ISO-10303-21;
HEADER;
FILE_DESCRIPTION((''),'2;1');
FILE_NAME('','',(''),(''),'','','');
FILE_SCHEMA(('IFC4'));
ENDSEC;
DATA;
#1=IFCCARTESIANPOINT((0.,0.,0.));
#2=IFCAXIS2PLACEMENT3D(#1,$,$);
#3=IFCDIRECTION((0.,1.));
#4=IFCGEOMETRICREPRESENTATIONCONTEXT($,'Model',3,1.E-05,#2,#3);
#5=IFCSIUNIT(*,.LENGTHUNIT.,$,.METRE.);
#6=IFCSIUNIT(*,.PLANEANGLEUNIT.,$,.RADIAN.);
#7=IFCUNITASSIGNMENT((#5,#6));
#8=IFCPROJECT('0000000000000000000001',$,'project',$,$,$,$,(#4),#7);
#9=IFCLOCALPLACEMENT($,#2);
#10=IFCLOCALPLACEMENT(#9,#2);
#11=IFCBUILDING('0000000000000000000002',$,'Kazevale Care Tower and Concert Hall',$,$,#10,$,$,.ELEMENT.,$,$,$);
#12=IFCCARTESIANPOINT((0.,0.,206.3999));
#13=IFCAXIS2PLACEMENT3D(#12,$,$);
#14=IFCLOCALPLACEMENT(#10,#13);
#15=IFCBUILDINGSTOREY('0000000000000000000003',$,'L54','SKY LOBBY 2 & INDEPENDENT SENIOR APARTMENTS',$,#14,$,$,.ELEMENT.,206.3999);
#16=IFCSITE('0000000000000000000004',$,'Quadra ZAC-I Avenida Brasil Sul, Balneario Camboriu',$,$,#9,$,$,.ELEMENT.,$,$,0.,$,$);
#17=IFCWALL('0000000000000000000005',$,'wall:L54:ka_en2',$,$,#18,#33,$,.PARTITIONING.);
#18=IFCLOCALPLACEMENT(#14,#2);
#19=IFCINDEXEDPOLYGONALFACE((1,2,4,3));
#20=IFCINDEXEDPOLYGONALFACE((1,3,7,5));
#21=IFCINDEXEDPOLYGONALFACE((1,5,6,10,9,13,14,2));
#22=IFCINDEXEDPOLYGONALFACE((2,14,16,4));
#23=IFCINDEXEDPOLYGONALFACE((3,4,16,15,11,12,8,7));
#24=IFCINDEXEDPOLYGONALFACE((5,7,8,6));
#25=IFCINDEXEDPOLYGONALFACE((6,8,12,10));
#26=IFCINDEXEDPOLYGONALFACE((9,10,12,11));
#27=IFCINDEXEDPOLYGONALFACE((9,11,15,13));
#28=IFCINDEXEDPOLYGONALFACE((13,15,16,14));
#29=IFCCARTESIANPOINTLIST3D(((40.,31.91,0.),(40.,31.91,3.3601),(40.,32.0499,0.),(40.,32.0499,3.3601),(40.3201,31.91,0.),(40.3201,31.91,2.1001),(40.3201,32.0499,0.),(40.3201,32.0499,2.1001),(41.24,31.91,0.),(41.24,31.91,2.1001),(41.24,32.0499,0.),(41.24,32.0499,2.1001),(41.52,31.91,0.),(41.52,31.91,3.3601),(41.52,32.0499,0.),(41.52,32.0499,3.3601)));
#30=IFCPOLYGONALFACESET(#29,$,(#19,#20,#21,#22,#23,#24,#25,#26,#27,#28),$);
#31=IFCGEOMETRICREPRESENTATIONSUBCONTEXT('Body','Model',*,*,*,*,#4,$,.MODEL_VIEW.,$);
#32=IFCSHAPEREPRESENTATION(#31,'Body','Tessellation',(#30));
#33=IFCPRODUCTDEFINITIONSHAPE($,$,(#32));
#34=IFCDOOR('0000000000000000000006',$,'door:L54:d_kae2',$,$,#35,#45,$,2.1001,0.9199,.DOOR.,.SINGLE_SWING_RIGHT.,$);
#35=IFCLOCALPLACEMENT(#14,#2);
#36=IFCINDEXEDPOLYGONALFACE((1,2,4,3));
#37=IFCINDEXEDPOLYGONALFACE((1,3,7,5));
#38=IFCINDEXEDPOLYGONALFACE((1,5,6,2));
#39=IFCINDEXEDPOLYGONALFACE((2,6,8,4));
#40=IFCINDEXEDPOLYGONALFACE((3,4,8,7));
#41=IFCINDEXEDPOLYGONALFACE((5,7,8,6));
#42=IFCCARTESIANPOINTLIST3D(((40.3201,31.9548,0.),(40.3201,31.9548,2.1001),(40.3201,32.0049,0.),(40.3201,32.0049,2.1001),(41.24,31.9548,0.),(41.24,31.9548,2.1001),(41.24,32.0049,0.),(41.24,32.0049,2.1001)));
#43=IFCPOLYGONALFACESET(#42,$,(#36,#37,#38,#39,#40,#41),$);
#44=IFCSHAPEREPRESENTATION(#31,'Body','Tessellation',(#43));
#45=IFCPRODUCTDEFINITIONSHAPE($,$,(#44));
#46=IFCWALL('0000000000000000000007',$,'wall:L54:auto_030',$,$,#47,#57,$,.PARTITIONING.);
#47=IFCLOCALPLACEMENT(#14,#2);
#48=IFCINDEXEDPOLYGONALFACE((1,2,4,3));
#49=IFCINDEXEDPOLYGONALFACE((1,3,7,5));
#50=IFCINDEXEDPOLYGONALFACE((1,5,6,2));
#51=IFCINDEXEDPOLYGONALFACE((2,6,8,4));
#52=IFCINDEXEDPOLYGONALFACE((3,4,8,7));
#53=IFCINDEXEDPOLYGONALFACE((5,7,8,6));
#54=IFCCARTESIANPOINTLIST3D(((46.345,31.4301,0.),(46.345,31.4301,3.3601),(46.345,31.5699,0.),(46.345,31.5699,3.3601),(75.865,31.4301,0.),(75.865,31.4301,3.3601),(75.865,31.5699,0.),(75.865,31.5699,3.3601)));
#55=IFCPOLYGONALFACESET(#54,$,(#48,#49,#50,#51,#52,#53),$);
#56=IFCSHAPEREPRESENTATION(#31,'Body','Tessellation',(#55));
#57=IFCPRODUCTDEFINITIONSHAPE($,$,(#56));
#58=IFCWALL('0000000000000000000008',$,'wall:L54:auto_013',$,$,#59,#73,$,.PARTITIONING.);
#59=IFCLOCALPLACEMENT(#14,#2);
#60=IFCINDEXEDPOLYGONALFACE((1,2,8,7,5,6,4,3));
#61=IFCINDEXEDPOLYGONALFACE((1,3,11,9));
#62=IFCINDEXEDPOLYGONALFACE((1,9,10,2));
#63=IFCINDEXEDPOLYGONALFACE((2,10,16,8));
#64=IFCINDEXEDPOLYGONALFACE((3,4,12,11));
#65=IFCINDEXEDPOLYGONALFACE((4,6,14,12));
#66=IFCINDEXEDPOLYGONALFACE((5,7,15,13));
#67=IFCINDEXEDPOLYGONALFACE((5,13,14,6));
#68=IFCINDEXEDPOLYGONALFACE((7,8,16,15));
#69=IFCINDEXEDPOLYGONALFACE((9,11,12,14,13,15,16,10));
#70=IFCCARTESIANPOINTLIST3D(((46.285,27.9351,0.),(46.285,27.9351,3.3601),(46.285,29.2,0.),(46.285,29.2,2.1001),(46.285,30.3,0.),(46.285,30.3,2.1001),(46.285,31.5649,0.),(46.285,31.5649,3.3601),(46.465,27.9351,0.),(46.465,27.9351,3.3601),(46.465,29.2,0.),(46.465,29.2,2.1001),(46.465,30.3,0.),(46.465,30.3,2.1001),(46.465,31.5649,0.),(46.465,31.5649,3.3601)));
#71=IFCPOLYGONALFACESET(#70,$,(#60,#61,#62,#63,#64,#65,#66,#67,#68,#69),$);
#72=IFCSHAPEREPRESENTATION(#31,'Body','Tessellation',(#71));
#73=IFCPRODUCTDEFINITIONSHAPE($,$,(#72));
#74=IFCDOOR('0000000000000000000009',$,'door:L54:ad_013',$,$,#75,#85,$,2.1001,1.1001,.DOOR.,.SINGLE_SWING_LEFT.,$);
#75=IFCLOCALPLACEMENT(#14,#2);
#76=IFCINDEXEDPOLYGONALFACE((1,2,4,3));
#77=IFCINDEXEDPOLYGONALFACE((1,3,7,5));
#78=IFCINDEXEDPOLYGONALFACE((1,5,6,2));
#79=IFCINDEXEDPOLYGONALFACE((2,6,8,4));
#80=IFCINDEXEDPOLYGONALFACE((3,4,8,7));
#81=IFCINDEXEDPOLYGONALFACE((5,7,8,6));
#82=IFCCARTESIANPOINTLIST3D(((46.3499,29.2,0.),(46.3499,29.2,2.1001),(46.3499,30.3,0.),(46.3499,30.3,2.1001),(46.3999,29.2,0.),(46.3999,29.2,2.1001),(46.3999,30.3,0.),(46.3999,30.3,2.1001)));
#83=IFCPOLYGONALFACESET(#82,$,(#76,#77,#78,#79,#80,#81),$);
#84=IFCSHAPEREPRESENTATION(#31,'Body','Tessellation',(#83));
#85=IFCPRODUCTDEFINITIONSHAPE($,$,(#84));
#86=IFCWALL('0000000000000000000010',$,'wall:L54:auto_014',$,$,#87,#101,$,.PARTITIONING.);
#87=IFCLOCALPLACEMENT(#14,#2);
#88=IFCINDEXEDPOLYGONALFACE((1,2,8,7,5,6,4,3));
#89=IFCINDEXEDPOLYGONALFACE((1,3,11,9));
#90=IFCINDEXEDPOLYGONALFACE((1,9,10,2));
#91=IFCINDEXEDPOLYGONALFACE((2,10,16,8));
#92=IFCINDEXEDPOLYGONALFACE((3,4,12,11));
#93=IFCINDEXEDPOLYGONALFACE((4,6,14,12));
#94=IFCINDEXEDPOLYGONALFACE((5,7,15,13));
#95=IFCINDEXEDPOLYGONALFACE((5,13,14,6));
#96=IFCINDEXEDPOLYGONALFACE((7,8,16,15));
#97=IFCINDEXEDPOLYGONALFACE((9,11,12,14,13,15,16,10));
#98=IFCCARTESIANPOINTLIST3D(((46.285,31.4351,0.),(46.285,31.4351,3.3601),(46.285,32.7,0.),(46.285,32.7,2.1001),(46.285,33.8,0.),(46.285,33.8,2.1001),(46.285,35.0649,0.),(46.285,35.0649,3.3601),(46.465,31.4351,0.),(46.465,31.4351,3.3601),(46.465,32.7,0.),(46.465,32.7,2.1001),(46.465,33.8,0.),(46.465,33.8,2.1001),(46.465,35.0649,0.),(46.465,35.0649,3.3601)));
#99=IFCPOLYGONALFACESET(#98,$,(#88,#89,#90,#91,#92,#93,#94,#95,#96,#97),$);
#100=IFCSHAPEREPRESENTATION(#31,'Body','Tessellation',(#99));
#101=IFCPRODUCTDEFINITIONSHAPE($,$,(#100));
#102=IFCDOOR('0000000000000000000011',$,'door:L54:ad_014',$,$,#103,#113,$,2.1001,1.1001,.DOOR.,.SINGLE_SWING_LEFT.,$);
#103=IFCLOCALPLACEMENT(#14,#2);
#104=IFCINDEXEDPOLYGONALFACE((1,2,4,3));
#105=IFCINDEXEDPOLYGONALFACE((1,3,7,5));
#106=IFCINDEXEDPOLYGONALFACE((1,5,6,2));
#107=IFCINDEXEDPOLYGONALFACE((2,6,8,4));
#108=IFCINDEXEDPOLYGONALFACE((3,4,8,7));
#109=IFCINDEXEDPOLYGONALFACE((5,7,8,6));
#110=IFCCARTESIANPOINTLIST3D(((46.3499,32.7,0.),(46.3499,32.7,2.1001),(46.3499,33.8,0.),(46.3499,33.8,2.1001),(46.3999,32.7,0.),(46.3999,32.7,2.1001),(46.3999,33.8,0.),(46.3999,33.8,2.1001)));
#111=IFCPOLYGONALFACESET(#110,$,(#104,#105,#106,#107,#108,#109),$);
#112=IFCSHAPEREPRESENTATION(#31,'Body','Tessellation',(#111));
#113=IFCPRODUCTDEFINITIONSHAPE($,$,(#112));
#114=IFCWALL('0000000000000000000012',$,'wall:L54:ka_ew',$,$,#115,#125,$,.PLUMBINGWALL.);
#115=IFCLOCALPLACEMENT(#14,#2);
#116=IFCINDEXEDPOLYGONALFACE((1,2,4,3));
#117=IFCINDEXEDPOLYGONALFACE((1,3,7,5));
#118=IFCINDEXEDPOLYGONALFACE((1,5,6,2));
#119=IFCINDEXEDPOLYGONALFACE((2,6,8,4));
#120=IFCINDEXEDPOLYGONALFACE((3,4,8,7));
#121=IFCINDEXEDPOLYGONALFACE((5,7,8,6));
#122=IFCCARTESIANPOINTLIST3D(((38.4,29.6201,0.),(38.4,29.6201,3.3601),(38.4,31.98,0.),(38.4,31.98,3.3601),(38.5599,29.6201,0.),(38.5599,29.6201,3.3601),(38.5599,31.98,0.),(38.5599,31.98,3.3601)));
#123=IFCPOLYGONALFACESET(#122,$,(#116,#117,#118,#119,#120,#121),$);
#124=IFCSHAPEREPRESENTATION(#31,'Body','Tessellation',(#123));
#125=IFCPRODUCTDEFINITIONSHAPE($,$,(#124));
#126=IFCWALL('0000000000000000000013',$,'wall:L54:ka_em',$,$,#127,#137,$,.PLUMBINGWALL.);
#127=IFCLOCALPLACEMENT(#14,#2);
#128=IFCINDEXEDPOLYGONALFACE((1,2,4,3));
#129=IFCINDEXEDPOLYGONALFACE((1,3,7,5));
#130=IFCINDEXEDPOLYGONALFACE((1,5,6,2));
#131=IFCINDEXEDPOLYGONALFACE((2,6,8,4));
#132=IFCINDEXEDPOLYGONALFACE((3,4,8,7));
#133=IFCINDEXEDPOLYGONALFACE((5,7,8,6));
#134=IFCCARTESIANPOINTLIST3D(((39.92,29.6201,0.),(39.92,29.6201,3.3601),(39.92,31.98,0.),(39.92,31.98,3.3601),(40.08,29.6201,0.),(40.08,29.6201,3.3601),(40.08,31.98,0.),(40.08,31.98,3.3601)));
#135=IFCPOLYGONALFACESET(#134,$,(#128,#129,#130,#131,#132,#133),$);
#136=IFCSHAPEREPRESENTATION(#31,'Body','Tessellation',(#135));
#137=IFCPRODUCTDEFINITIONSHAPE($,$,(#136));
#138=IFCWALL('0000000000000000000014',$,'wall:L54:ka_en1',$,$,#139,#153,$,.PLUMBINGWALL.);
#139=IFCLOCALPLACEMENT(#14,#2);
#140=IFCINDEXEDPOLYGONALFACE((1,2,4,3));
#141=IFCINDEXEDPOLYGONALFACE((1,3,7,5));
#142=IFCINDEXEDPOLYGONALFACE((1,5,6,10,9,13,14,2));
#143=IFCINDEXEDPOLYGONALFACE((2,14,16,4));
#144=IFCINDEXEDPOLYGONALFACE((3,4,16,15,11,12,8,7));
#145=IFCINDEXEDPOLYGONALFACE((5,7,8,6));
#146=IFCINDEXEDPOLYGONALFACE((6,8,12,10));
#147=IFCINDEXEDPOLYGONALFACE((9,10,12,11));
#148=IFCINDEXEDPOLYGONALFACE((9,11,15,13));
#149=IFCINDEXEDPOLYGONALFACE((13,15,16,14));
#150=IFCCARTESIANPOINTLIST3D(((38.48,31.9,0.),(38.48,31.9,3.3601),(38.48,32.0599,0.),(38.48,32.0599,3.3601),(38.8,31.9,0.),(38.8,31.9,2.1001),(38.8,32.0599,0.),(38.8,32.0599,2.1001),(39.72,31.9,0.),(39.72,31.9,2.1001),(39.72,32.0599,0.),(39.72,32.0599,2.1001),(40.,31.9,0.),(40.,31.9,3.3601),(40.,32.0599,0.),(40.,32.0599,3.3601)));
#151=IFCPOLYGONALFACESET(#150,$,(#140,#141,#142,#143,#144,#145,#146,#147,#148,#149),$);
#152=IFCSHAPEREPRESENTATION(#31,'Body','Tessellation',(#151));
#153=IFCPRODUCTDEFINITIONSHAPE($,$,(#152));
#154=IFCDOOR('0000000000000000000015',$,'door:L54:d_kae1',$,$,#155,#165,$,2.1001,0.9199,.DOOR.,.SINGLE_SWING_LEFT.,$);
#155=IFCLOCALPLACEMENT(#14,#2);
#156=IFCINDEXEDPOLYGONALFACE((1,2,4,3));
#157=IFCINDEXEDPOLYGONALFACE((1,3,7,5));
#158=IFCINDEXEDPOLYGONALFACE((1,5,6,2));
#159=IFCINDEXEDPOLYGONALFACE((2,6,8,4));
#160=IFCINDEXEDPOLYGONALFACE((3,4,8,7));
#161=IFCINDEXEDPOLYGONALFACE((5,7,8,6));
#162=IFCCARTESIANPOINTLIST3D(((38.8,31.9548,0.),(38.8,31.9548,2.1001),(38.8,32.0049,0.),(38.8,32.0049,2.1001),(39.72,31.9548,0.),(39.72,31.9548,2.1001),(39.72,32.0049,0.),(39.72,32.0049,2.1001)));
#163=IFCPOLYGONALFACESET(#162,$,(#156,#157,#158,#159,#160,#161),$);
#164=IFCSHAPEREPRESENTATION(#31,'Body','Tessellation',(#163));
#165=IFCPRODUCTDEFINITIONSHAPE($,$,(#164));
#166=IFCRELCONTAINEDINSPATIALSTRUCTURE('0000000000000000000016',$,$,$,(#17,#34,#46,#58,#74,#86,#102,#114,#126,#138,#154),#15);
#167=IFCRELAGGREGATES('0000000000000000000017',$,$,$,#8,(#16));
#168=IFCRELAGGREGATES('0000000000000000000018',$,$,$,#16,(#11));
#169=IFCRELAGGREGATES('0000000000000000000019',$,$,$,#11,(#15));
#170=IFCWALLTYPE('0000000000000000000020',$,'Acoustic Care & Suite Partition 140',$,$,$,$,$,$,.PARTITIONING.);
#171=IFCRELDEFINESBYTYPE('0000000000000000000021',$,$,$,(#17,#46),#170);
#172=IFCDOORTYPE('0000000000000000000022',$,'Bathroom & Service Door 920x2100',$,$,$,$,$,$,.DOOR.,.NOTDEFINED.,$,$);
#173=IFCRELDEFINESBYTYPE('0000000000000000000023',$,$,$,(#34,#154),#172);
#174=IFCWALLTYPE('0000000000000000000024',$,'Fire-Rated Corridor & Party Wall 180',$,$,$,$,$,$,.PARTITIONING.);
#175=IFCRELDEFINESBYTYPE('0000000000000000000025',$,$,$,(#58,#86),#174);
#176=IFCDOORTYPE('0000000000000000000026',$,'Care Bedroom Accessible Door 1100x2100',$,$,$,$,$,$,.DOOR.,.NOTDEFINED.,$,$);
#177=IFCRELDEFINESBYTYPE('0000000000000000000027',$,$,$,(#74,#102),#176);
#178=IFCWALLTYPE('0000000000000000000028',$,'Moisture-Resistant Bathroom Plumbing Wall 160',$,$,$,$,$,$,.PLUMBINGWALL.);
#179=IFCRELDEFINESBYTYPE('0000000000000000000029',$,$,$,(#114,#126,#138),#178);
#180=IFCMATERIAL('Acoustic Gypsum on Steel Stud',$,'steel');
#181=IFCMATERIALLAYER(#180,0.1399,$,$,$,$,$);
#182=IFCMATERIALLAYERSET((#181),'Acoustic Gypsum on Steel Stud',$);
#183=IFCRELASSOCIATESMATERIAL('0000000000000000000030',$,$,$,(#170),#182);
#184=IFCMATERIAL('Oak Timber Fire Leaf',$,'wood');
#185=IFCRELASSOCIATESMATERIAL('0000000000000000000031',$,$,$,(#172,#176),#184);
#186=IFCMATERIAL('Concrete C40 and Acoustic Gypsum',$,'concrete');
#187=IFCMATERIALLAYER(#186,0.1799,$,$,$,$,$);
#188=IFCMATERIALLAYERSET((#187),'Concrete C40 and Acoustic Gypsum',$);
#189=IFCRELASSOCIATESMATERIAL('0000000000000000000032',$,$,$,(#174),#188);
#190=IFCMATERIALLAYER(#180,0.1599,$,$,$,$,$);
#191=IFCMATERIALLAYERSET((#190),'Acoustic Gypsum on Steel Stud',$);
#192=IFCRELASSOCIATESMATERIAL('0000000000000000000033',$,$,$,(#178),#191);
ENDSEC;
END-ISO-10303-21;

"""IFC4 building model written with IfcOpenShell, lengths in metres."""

from ifc_helpers import new_model, si_unit, direction, frame, frame_2d, origin, place, context, subcontext, project, spatial, rectangle, extrude, material, layer, layer_set, type_object, element, fill, save


model = new_model("IFC4")

# Units and contexts
model_context = context("Model", 3, precision=1e-05, world=origin(), true_north=direction((0.0, 1.0)))
body_context = subcontext(model_context, "Body", "Model", "MODEL_VIEW")
ifc_project = project(units=[si_unit("LENGTHUNIT", "METRE"), si_unit("PLANEANGLEUNIT", "RADIAN")], contexts=[model_context])

# Site, building, storey
site_placement = place(None, origin())
site = spatial("IfcSite", under=ifc_project, at=site_placement, Name="Quadra ZAC-I Avenida Brasil Sul, Balneario Camboriu", CompositionType="ELEMENT", RefElevation=0.0)
building_placement = place(site_placement, origin())
building = spatial("IfcBuilding", under=site, at=building_placement, Name="Kazevale Care Tower and Concert Hall", CompositionType="ELEMENT")
storey_placement = place(building_placement, frame((0.0, 0.0, 206.3999)))
storey = spatial("IfcBuildingStorey", under=building, at=storey_placement, Name="L54", Description="SKY LOBBY 2 & INDEPENDENT SENIOR APARTMENTS", CompositionType="ELEMENT", Elevation=206.3999)

# Shared definitions
ifc_material_1 = material(Name="Acoustic Gypsum on Steel Stud", Category="steel")
ifc_layer_1 = layer(ifc_material_1, 0.1399)
ifc_layer_set_1 = layer_set([ifc_layer_1], Name="Acoustic Gypsum on Steel Stud")
wall_type_1 = type_object("IfcWallType", Name="Acoustic Care & Suite Partition 140", PredefinedType="PARTITIONING", material=ifc_layer_set_1)
ifc_material_2 = material(Name="Oak Timber Fire Leaf", Category="wood")
door_type_1 = type_object("IfcDoorType", Name="Bathroom & Service Door 920x2100", OperationType="NOTDEFINED", PredefinedType="DOOR", material=ifc_material_2)

# Wall, opening, door
wall_1_placement = place(storey_placement, frame((40.0, 31.98, 0.0), z_axis=(0.0, 0.0, 1.0), x_axis=(1.0, 0.0, 0.0)))
wall_1 = element("IfcWall", 1, at=wall_1_placement, inside=storey, type_object=wall_type_1, Name="wall:L54:ka_en2", PredefinedType="PARTITIONING", context=body_context, shape_type="SweptSolid", body=[
    extrude(rectangle(XDim=1.52, YDim=0.1399, at=frame_2d((0.76, 0.0))), origin(), (0.0, 0.0, 1.0), 3.3601),
])
opening_1_placement = place(wall_1_placement, frame((0.3201, 0.0, 0.0)))
opening_1 = element("IfcOpeningElement", 2, at=opening_1_placement, cuts=wall_1, PredefinedType="OPENING", context=body_context, shape_type="SweptSolid", body=[
    extrude(rectangle(XDim=0.9199, YDim=2.1001, at=frame_2d((0.46, 1.05))), frame((0.0, 0.0798, 0.0), z_axis=(0.0, -1.0, 0.0), x_axis=(1.0, 0.0, 0.0)), (0.0, 0.0, 1.0), 0.1599),
])
door_1_placement = place(opening_1_placement, origin())
door_1 = element("IfcDoor", 3, at=door_1_placement, inside=storey, type_object=door_type_1, Name="door:L54:d_kae2", OperationType="SINGLE_SWING_RIGHT", OverallHeight=2.1001, OverallWidth=0.9199, PredefinedType="DOOR", context=body_context, shape_type="SweptSolid", body=[
    extrude(rectangle(XDim=0.9199, YDim=2.1001, at=frame_2d((0.46, 1.05))), frame((0.0, 0.0249, 0.0), z_axis=(0.0, -1.0, 0.0), x_axis=(1.0, 0.0, 0.0)), (0.0, 0.0, 1.0), 0.05),
])
fill(opening_1, door_1)

# Wall
wall_2_placement = place(storey_placement, frame((46.345, 31.5, 0.0), z_axis=(0.0, 0.0, 1.0), x_axis=(1.0, 0.0, 0.0)))
element("IfcWall", 4, at=wall_2_placement, inside=storey, type_object=wall_type_1, Name="wall:L54:auto_030", PredefinedType="PARTITIONING", context=body_context, shape_type="SweptSolid", body=[
    extrude(rectangle(XDim=29.52, YDim=0.1399, at=frame_2d((14.76, 0.0))), origin(), (0.0, 0.0, 1.0), 3.3601),
])

# Walls, openings, doors
ifc_material_3 = material(Name="Concrete C40 and Acoustic Gypsum", Category="concrete")
ifc_layer_2 = layer(ifc_material_3, 0.1799)
ifc_layer_set_2 = layer_set([ifc_layer_2], Name="Concrete C40 and Acoustic Gypsum")
wall_type_2 = type_object("IfcWallType", Name="Fire-Rated Corridor & Party Wall 180", PredefinedType="PARTITIONING", material=ifc_layer_set_2)
wall_3_placement = place(storey_placement, frame((46.375, 31.5649, 0.0), z_axis=(0.0, 0.0, 1.0), x_axis=(0.0, -1.0, 0.0)))
wall_3 = element("IfcWall", 5, at=wall_3_placement, inside=storey, type_object=wall_type_2, Name="wall:L54:auto_013", PredefinedType="PARTITIONING", context=body_context, shape_type="SweptSolid", body=[
    extrude(rectangle(XDim=3.6299, YDim=0.1799, at=frame_2d((1.8149, 0.0))), origin(), (0.0, 0.0, 1.0), 3.3601),
])
opening_2_placement = place(wall_3_placement, frame((1.2649, 0.0, 0.0)))
opening_2 = element("IfcOpeningElement", 6, at=opening_2_placement, cuts=wall_3, PredefinedType="OPENING", context=body_context, shape_type="SweptSolid", body=[
    extrude(rectangle(XDim=1.1001, YDim=2.1001, at=frame_2d((0.55, 1.05))), frame((0.0, 0.0999, 0.0), z_axis=(0.0, -1.0, 0.0), x_axis=(1.0, 0.0, 0.0)), (0.0, 0.0, 1.0), 0.2),
])
door_type_2 = type_object("IfcDoorType", Name="Care Bedroom Accessible Door 1100x2100", OperationType="NOTDEFINED", PredefinedType="DOOR", material=ifc_material_2)
door_2_placement = place(opening_2_placement, origin())
door_2 = element("IfcDoor", 7, at=door_2_placement, inside=storey, type_object=door_type_2, Name="door:L54:ad_013", OperationType="SINGLE_SWING_LEFT", OverallHeight=2.1001, OverallWidth=1.1001, PredefinedType="DOOR", context=body_context, shape_type="SweptSolid", body=[
    extrude(rectangle(XDim=1.1001, YDim=2.1001, at=frame_2d((0.55, 1.05))), frame((0.0, 0.0249, 0.0), z_axis=(0.0, -1.0, 0.0), x_axis=(1.0, 0.0, 0.0)), (0.0, 0.0, 1.0), 0.05),
])
fill(opening_2, door_2)
wall_4_placement = place(storey_placement, frame((46.375, 35.0649, 0.0), z_axis=(0.0, 0.0, 1.0), x_axis=(0.0, -1.0, 0.0)))
wall_4 = element("IfcWall", 8, at=wall_4_placement, inside=storey, type_object=wall_type_2, Name="wall:L54:auto_014", PredefinedType="PARTITIONING", context=body_context, shape_type="SweptSolid", body=[
    extrude(rectangle(XDim=3.6299, YDim=0.1799, at=frame_2d((1.8149, 0.0))), origin(), (0.0, 0.0, 1.0), 3.3601),
])
opening_3_placement = place(wall_4_placement, frame((1.2649, 0.0, 0.0)))
opening_3 = element("IfcOpeningElement", 9, at=opening_3_placement, cuts=wall_4, PredefinedType="OPENING", context=body_context, shape_type="SweptSolid", body=[
    extrude(rectangle(XDim=1.1001, YDim=2.1001, at=frame_2d((0.55, 1.05))), frame((0.0, 0.0999, 0.0), z_axis=(0.0, -1.0, 0.0), x_axis=(1.0, 0.0, 0.0)), (0.0, 0.0, 1.0), 0.2),
])
door_3_placement = place(opening_3_placement, origin())
door_3 = element("IfcDoor", 10, at=door_3_placement, inside=storey, type_object=door_type_2, Name="door:L54:ad_014", OperationType="SINGLE_SWING_LEFT", OverallHeight=2.1001, OverallWidth=1.1001, PredefinedType="DOOR", context=body_context, shape_type="SweptSolid", body=[
    extrude(rectangle(XDim=1.1001, YDim=2.1001, at=frame_2d((0.55, 1.05))), frame((0.0, 0.0249, 0.0), z_axis=(0.0, -1.0, 0.0), x_axis=(1.0, 0.0, 0.0)), (0.0, 0.0, 1.0), 0.05),
])
fill(opening_3, door_3)

# Walls
ifc_layer_3 = layer(ifc_material_1, 0.1599)
ifc_layer_set_3 = layer_set([ifc_layer_3], Name="Acoustic Gypsum on Steel Stud")
wall_type_3 = type_object("IfcWallType", Name="Moisture-Resistant Bathroom Plumbing Wall 160", PredefinedType="PLUMBINGWALL", material=ifc_layer_set_3)
for number, where, z_axis, x_axis, name in (
    (11, (38.48, 29.6201, 0.0), (0.0, 0.0, 1.0), (0.0, 1.0, 0.0), "wall:L54:ka_ew"),
    (12, (40.0, 29.6201, 0.0), (0.0, 0.0, 1.0), (0.0, 1.0, 0.0), "wall:L54:ka_em"),
):
    element("IfcWall", number, at=place(storey_placement, frame(where, z_axis=z_axis, x_axis=x_axis)), inside=storey, type_object=wall_type_3, Name=name, PredefinedType="PLUMBINGWALL", context=body_context, shape_type="SweptSolid", body=[
        extrude(rectangle(XDim=2.3599, YDim=0.1599, at=frame_2d((1.1799, 0.0))), origin(), (0.0, 0.0, 1.0), 3.3601),
    ])

# Wall, opening, door
wall_5_placement = place(storey_placement, frame((38.48, 31.98, 0.0), z_axis=(0.0, 0.0, 1.0), x_axis=(1.0, 0.0, 0.0)))
wall_5 = element("IfcWall", 13, at=wall_5_placement, inside=storey, type_object=wall_type_3, Name="wall:L54:ka_en1", PredefinedType="PLUMBINGWALL", context=body_context, shape_type="SweptSolid", body=[
    extrude(rectangle(XDim=1.52, YDim=0.1599, at=frame_2d((0.76, 0.0))), origin(), (0.0, 0.0, 1.0), 3.3601),
])
opening_4_placement = place(wall_5_placement, frame((0.3201, 0.0, 0.0)))
opening_4 = element("IfcOpeningElement", 14, at=opening_4_placement, cuts=wall_5, PredefinedType="OPENING", context=body_context, shape_type="SweptSolid", body=[
    extrude(rectangle(XDim=0.9199, YDim=2.1001, at=frame_2d((0.46, 1.05))), frame((0.0, 0.0898, 0.0), z_axis=(0.0, -1.0, 0.0), x_axis=(1.0, 0.0, 0.0)), (0.0, 0.0, 1.0), 0.1799),
])
door_4_placement = place(opening_4_placement, origin())
door_4 = element("IfcDoor", 15, at=door_4_placement, inside=storey, type_object=door_type_1, Name="door:L54:d_kae1", OperationType="SINGLE_SWING_LEFT", OverallHeight=2.1001, OverallWidth=0.9199, PredefinedType="DOOR", context=body_context, shape_type="SweptSolid", body=[
    extrude(rectangle(XDim=0.9199, YDim=2.1001, at=frame_2d((0.46, 1.05))), frame((0.0, 0.0249, 0.0), z_axis=(0.0, -1.0, 0.0), x_axis=(1.0, 0.0, 0.0)), (0.0, 0.0, 1.0), 0.05),
])
fill(opening_4, door_4)

save(model, "model.ifc")
